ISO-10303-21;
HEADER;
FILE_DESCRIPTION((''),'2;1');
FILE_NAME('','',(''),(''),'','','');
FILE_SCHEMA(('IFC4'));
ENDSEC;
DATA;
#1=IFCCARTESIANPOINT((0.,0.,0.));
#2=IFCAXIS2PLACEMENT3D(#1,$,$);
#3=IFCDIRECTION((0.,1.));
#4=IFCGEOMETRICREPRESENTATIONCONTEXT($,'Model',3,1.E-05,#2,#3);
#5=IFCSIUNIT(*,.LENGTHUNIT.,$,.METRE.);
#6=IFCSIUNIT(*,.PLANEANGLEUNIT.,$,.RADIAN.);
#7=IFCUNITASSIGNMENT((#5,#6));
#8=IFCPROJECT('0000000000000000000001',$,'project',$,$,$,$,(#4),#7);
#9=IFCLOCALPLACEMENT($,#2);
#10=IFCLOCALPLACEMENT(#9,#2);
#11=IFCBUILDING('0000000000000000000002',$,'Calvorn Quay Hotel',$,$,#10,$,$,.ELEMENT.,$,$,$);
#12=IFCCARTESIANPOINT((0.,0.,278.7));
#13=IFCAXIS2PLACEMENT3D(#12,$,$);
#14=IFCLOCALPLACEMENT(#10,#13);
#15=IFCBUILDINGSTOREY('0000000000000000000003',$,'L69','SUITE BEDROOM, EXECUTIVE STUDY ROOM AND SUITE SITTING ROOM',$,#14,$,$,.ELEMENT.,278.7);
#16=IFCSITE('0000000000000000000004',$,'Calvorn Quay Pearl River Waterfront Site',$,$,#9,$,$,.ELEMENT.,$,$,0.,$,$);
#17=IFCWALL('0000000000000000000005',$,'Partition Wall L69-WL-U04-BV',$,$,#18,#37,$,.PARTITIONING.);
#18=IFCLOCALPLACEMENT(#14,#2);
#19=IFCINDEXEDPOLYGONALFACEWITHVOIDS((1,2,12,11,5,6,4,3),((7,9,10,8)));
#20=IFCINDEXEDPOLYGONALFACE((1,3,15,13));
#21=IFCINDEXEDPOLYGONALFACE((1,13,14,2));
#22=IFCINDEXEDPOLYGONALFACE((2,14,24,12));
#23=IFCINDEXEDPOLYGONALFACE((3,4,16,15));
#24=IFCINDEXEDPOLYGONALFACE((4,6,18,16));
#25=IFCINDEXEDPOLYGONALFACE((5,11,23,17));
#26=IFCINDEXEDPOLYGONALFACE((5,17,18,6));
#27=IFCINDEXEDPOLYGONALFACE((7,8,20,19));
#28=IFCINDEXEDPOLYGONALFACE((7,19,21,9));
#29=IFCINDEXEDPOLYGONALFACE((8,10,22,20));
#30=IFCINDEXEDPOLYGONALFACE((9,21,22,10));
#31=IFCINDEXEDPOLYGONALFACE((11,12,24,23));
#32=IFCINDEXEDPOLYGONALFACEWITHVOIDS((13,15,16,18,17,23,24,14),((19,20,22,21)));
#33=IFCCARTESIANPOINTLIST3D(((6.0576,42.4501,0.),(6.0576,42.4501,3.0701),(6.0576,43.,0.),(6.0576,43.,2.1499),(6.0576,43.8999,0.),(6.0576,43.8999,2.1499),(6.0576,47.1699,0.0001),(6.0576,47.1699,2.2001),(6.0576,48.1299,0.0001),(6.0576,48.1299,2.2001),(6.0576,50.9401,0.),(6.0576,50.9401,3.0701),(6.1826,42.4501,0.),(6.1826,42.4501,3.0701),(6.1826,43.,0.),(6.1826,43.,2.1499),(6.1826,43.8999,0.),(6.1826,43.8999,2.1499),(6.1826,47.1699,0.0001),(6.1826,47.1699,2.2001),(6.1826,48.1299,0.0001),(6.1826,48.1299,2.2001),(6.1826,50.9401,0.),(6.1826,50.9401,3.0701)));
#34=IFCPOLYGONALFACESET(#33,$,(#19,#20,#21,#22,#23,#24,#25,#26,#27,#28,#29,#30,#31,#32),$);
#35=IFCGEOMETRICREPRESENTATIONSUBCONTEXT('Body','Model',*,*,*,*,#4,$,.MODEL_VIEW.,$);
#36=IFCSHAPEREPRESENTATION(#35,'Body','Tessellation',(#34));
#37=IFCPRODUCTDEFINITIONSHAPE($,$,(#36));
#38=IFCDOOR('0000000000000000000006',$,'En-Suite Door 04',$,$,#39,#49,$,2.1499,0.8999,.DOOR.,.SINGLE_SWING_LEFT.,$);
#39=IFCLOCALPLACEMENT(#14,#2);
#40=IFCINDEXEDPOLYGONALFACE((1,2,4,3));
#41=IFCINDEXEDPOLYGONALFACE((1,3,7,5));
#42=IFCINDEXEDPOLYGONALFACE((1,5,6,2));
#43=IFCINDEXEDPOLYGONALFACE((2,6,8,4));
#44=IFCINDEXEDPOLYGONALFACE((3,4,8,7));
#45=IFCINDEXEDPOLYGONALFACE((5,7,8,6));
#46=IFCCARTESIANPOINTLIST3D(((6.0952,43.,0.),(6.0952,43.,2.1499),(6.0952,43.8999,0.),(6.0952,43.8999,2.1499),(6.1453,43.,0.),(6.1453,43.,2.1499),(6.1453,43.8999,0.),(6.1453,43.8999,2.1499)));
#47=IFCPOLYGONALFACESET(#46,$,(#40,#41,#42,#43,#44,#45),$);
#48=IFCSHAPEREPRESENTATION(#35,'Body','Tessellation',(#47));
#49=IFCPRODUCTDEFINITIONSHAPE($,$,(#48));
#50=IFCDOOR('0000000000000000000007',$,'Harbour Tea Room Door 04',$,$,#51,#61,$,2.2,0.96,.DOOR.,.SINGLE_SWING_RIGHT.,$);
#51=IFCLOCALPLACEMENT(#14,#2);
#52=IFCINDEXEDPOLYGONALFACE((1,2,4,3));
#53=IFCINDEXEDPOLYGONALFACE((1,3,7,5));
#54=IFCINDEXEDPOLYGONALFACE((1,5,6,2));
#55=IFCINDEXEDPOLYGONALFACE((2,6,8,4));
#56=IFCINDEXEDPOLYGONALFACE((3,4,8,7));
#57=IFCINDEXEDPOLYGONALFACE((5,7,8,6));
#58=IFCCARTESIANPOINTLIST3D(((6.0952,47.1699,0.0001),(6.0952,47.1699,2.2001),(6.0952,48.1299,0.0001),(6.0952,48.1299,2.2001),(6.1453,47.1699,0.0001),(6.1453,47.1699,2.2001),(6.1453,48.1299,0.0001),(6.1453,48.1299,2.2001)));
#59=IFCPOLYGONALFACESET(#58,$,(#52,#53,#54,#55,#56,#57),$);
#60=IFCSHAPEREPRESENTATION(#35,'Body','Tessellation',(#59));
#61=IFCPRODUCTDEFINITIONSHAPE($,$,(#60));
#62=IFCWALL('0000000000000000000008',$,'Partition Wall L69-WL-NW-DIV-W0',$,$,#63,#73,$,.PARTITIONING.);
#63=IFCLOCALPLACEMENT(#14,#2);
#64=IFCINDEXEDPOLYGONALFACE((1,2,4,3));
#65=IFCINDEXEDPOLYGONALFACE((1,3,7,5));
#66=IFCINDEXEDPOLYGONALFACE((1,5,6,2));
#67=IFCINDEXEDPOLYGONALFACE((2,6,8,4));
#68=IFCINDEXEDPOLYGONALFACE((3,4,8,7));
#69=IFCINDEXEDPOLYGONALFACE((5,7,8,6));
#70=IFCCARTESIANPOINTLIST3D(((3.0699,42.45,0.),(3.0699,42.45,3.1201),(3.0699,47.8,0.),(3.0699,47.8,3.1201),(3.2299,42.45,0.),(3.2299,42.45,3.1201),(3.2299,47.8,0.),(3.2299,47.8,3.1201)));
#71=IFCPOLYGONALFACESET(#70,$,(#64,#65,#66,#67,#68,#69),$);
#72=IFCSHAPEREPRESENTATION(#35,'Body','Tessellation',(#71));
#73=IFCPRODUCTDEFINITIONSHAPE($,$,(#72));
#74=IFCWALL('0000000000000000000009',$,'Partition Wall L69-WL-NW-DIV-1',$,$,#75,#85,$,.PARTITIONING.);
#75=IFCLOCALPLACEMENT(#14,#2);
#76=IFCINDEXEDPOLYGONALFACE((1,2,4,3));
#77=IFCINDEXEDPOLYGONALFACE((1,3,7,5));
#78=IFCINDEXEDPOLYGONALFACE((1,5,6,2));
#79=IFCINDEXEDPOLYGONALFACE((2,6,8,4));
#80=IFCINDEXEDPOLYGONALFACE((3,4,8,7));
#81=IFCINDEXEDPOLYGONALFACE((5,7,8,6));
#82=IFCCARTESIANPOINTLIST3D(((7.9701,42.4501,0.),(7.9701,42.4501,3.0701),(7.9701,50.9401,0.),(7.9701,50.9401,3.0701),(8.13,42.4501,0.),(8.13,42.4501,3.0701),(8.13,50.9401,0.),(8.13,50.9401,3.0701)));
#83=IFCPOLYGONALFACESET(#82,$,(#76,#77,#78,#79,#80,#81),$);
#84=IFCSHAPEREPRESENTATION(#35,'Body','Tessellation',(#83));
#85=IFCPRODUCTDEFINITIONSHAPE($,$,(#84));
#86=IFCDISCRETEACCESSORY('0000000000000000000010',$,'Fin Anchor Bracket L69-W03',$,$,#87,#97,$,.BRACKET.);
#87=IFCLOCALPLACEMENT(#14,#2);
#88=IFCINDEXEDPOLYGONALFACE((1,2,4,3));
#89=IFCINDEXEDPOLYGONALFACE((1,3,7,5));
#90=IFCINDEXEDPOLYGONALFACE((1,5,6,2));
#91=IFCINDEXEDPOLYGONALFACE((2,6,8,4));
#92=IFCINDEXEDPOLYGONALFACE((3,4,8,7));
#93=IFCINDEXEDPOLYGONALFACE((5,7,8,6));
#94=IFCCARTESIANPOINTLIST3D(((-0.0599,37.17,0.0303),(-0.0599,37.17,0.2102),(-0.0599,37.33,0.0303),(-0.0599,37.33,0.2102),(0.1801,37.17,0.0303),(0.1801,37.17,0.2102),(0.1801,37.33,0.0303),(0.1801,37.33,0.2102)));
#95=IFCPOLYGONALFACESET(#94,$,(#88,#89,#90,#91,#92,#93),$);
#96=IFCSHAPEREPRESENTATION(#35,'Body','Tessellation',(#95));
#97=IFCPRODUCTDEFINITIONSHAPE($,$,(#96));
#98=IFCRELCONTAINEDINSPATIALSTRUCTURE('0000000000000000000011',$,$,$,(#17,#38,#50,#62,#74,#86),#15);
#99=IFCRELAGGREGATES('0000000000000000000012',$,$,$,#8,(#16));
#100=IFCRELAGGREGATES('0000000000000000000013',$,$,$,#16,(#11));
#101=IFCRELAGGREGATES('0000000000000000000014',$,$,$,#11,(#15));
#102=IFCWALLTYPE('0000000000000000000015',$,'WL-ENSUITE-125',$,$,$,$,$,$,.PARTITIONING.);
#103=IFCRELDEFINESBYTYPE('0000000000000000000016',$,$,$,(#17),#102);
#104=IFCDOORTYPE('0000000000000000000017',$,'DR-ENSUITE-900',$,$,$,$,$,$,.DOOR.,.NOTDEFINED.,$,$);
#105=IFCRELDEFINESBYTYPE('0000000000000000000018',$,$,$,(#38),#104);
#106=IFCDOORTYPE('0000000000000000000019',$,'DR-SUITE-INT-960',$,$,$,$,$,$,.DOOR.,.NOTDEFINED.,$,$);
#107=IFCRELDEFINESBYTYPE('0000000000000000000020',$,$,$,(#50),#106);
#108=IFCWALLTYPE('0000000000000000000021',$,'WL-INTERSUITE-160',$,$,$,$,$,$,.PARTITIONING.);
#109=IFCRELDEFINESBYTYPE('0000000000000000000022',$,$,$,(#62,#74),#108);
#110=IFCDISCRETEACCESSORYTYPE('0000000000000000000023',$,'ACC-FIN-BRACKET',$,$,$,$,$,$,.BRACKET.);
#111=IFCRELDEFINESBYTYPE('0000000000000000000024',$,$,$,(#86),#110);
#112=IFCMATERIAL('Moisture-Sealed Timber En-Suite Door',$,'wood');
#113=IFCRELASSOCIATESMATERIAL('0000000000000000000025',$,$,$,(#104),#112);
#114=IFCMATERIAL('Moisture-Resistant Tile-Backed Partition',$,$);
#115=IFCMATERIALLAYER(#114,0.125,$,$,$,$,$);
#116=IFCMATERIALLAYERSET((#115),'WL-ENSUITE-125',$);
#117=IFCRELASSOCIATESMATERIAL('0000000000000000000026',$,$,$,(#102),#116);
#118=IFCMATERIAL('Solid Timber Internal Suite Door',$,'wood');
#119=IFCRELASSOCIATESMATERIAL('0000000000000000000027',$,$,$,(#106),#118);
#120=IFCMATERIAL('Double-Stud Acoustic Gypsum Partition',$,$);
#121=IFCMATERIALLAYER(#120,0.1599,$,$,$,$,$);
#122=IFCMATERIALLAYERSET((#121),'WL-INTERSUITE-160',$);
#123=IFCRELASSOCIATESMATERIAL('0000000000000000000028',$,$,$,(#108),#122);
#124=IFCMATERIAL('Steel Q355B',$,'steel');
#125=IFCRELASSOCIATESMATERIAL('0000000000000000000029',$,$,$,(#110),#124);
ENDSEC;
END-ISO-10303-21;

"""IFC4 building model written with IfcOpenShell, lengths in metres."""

from ifc_helpers import new_model, si_unit, direction, frame, frame_2d, origin, origin_2d, place, context, subcontext, project, spatial, rectangle, extrude, material, layer, layer_set, type_object, element, fill, save


model = new_model("IFC4")

# Units and contexts
model_context = context("Model", 3, precision=1e-05, world=origin(), true_north=direction((0.0, 1.0)))
body_context = subcontext(model_context, "Body", "Model", "MODEL_VIEW")
ifc_project = project(units=[si_unit("LENGTHUNIT", "METRE"), si_unit("PLANEANGLEUNIT", "RADIAN")], contexts=[model_context])

# Site, building, storey
site_placement = place(None, origin())
site = spatial("IfcSite", under=ifc_project, at=site_placement, Name="Calvorn Quay Pearl River Waterfront Site", CompositionType="ELEMENT", RefElevation=0.0)
building_placement = place(site_placement, origin())
building = spatial("IfcBuilding", under=site, at=building_placement, Name="Calvorn Quay Hotel", CompositionType="ELEMENT")
storey_placement = place(building_placement, frame((0.0, 0.0, 278.7)))
storey = spatial("IfcBuildingStorey", under=building, at=storey_placement, Name="L69", Description="SUITE BEDROOM, EXECUTIVE STUDY ROOM AND SUITE SITTING ROOM", CompositionType="ELEMENT", Elevation=278.7)

# Shared definitions
ifc_material_1 = material(Name="Moisture-Sealed Timber En-Suite Door", Category="wood")
door_type_1 = type_object("IfcDoorType", Name="DR-ENSUITE-900", OperationType="NOTDEFINED", PredefinedType="DOOR", material=ifc_material_1)

# Wall, openings, doors
ifc_material_2 = material(Name="Moisture-Resistant Tile-Backed Partition")
ifc_layer_1 = layer(ifc_material_2, 0.125)
ifc_layer_set_1 = layer_set([ifc_layer_1], Name="WL-ENSUITE-125")
wall_type_1 = type_object("IfcWallType", Name="WL-ENSUITE-125", PredefinedType="PARTITIONING", material=ifc_layer_set_1)
wall_1_placement = place(storey_placement, frame((6.1201, 42.45, 0.0), z_axis=(0.0, 0.0, 1.0), x_axis=(0.0, 1.0, 0.0)))
wall_1 = element("IfcWall", 1, at=wall_1_placement, inside=storey, type_object=wall_type_1, Name="Partition Wall L69-WL-U04-BV", PredefinedType="PARTITIONING", context=body_context, shape_type="SweptSolid", body=[
    extrude(rectangle(XDim=8.49, YDim=0.125, at=frame_2d((4.2451, 0.0))), origin(), (0.0, 0.0, 1.0), 3.0701),
])
opening_1_placement = place(wall_1_placement, frame((0.55, 0.0, 0.0)))
opening_1 = element("IfcOpeningElement", 2, at=opening_1_placement, cuts=wall_1, PredefinedType="OPENING", context=body_context, shape_type="SweptSolid", body=[
    extrude(rectangle(XDim=0.8999, YDim=2.1499, at=frame_2d((0.45, 1.075))), frame((0.0, 0.0725, 0.0), z_axis=(0.0, -1.0, 0.0), x_axis=(1.0, 0.0, 0.0)), (0.0, 0.0, 1.0), 0.145),
])
opening_2_placement = place(wall_1_placement, frame((4.72, 0.0, 0.0)))
opening_2 = element("IfcOpeningElement", 3, at=opening_2_placement, cuts=wall_1, PredefinedType="OPENING", context=body_context, shape_type="SweptSolid", body=[
    extrude(rectangle(XDim=0.96, YDim=2.2, at=frame_2d((0.48, 1.1001))), frame((0.0, 0.0725, 0.0), z_axis=(0.0, -1.0, 0.0), x_axis=(1.0, 0.0, 0.0)), (0.0, 0.0, 1.0), 0.145),
])
door_1_placement = place(opening_1_placement, origin())
door_1 = element("IfcDoor", 4, at=door_1_placement, inside=storey, type_object=door_type_1, Name="En-Suite Door 04", OperationType="SINGLE_SWING_LEFT", OverallHeight=2.1499, OverallWidth=0.8999, PredefinedType="DOOR", context=body_context, shape_type="SweptSolid", body=[
    extrude(rectangle(XDim=0.8999, YDim=2.1499, at=frame_2d((0.45, 1.075))), frame((0.0, 0.0249, 0.0), z_axis=(0.0, -1.0, 0.0), x_axis=(1.0, 0.0, 0.0)), (0.0, 0.0, 1.0), 0.05),
])
fill(opening_1, door_1)
ifc_material_3 = material(Name="Solid Timber Internal Suite Door", Category="wood")
door_type_2 = type_object("IfcDoorType", Name="DR-SUITE-INT-960", OperationType="NOTDEFINED", PredefinedType="DOOR", material=ifc_material_3)
door_2_placement = place(opening_2_placement, origin())
door_2 = element("IfcDoor", 5, at=door_2_placement, inside=storey, type_object=door_type_2, Name="Harbour Tea Room Door 04", OperationType="SINGLE_SWING_RIGHT", OverallHeight=2.2, OverallWidth=0.96, PredefinedType="DOOR", context=body_context, shape_type="SweptSolid", body=[
    extrude(rectangle(XDim=0.96, YDim=2.2, at=frame_2d((0.48, 1.1001))), frame((0.0, 0.0249, 0.0), z_axis=(0.0, -1.0, 0.0), x_axis=(1.0, 0.0, 0.0)), (0.0, 0.0, 1.0), 0.05),
])
fill(opening_2, door_2)

# Walls
ifc_material_4 = material(Name="Double-Stud Acoustic Gypsum Partition")
ifc_layer_2 = layer(ifc_material_4, 0.1599)
ifc_layer_set_2 = layer_set([ifc_layer_2], Name="WL-INTERSUITE-160")
wall_type_2 = type_object("IfcWallType", Name="WL-INTERSUITE-160", PredefinedType="PARTITIONING", material=ifc_layer_set_2)
wall_2_placement = place(storey_placement, frame((3.1499, 42.45, 0.0), z_axis=(0.0, 0.0, 1.0), x_axis=(0.0, 1.0, 0.0)))
element("IfcWall", 6, at=wall_2_placement, inside=storey, type_object=wall_type_2, Name="Partition Wall L69-WL-NW-DIV-W0", PredefinedType="PARTITIONING", context=body_context, shape_type="SweptSolid", body=[
    extrude(rectangle(XDim=5.3501, YDim=0.1599, at=frame_2d((2.675, 0.0))), origin(), (0.0, 0.0, 1.0), 3.1201),
])
wall_3_placement = place(storey_placement, frame((8.05, 42.45, 0.0), z_axis=(0.0, 0.0, 1.0), x_axis=(0.0, 1.0, 0.0)))
element("IfcWall", 7, at=wall_3_placement, inside=storey, type_object=wall_type_2, Name="Partition Wall L69-WL-NW-DIV-1", PredefinedType="PARTITIONING", context=body_context, shape_type="SweptSolid", body=[
    extrude(rectangle(XDim=8.49, YDim=0.1599, at=frame_2d((4.2451, 0.0))), origin(), (0.0, 0.0, 1.0), 3.0701),
])

# Discrete accessory
ifc_material_5 = material(Name="Steel Q355B", Category="steel")
discrete_accessory_type = type_object("IfcDiscreteAccessoryType", Name="ACC-FIN-BRACKET", PredefinedType="BRACKET", material=ifc_material_5)
discrete_accessory_placement = place(storey_placement, frame((0.0601, 37.25, 0.0303), z_axis=(0.0, 0.0, 1.0), x_axis=(1.0, 0.0, 0.0)))
element("IfcDiscreteAccessory", 8, at=discrete_accessory_placement, inside=storey, type_object=discrete_accessory_type, Name="Fin Anchor Bracket L69-W03", PredefinedType="BRACKET", context=body_context, shape_type="SweptSolid", body=[
    extrude(rectangle(XDim=0.24, YDim=0.1599, at=origin_2d()), origin(), (0.0, 0.0, 1.0), 0.1799),
])

save(model, "model.ifc")
